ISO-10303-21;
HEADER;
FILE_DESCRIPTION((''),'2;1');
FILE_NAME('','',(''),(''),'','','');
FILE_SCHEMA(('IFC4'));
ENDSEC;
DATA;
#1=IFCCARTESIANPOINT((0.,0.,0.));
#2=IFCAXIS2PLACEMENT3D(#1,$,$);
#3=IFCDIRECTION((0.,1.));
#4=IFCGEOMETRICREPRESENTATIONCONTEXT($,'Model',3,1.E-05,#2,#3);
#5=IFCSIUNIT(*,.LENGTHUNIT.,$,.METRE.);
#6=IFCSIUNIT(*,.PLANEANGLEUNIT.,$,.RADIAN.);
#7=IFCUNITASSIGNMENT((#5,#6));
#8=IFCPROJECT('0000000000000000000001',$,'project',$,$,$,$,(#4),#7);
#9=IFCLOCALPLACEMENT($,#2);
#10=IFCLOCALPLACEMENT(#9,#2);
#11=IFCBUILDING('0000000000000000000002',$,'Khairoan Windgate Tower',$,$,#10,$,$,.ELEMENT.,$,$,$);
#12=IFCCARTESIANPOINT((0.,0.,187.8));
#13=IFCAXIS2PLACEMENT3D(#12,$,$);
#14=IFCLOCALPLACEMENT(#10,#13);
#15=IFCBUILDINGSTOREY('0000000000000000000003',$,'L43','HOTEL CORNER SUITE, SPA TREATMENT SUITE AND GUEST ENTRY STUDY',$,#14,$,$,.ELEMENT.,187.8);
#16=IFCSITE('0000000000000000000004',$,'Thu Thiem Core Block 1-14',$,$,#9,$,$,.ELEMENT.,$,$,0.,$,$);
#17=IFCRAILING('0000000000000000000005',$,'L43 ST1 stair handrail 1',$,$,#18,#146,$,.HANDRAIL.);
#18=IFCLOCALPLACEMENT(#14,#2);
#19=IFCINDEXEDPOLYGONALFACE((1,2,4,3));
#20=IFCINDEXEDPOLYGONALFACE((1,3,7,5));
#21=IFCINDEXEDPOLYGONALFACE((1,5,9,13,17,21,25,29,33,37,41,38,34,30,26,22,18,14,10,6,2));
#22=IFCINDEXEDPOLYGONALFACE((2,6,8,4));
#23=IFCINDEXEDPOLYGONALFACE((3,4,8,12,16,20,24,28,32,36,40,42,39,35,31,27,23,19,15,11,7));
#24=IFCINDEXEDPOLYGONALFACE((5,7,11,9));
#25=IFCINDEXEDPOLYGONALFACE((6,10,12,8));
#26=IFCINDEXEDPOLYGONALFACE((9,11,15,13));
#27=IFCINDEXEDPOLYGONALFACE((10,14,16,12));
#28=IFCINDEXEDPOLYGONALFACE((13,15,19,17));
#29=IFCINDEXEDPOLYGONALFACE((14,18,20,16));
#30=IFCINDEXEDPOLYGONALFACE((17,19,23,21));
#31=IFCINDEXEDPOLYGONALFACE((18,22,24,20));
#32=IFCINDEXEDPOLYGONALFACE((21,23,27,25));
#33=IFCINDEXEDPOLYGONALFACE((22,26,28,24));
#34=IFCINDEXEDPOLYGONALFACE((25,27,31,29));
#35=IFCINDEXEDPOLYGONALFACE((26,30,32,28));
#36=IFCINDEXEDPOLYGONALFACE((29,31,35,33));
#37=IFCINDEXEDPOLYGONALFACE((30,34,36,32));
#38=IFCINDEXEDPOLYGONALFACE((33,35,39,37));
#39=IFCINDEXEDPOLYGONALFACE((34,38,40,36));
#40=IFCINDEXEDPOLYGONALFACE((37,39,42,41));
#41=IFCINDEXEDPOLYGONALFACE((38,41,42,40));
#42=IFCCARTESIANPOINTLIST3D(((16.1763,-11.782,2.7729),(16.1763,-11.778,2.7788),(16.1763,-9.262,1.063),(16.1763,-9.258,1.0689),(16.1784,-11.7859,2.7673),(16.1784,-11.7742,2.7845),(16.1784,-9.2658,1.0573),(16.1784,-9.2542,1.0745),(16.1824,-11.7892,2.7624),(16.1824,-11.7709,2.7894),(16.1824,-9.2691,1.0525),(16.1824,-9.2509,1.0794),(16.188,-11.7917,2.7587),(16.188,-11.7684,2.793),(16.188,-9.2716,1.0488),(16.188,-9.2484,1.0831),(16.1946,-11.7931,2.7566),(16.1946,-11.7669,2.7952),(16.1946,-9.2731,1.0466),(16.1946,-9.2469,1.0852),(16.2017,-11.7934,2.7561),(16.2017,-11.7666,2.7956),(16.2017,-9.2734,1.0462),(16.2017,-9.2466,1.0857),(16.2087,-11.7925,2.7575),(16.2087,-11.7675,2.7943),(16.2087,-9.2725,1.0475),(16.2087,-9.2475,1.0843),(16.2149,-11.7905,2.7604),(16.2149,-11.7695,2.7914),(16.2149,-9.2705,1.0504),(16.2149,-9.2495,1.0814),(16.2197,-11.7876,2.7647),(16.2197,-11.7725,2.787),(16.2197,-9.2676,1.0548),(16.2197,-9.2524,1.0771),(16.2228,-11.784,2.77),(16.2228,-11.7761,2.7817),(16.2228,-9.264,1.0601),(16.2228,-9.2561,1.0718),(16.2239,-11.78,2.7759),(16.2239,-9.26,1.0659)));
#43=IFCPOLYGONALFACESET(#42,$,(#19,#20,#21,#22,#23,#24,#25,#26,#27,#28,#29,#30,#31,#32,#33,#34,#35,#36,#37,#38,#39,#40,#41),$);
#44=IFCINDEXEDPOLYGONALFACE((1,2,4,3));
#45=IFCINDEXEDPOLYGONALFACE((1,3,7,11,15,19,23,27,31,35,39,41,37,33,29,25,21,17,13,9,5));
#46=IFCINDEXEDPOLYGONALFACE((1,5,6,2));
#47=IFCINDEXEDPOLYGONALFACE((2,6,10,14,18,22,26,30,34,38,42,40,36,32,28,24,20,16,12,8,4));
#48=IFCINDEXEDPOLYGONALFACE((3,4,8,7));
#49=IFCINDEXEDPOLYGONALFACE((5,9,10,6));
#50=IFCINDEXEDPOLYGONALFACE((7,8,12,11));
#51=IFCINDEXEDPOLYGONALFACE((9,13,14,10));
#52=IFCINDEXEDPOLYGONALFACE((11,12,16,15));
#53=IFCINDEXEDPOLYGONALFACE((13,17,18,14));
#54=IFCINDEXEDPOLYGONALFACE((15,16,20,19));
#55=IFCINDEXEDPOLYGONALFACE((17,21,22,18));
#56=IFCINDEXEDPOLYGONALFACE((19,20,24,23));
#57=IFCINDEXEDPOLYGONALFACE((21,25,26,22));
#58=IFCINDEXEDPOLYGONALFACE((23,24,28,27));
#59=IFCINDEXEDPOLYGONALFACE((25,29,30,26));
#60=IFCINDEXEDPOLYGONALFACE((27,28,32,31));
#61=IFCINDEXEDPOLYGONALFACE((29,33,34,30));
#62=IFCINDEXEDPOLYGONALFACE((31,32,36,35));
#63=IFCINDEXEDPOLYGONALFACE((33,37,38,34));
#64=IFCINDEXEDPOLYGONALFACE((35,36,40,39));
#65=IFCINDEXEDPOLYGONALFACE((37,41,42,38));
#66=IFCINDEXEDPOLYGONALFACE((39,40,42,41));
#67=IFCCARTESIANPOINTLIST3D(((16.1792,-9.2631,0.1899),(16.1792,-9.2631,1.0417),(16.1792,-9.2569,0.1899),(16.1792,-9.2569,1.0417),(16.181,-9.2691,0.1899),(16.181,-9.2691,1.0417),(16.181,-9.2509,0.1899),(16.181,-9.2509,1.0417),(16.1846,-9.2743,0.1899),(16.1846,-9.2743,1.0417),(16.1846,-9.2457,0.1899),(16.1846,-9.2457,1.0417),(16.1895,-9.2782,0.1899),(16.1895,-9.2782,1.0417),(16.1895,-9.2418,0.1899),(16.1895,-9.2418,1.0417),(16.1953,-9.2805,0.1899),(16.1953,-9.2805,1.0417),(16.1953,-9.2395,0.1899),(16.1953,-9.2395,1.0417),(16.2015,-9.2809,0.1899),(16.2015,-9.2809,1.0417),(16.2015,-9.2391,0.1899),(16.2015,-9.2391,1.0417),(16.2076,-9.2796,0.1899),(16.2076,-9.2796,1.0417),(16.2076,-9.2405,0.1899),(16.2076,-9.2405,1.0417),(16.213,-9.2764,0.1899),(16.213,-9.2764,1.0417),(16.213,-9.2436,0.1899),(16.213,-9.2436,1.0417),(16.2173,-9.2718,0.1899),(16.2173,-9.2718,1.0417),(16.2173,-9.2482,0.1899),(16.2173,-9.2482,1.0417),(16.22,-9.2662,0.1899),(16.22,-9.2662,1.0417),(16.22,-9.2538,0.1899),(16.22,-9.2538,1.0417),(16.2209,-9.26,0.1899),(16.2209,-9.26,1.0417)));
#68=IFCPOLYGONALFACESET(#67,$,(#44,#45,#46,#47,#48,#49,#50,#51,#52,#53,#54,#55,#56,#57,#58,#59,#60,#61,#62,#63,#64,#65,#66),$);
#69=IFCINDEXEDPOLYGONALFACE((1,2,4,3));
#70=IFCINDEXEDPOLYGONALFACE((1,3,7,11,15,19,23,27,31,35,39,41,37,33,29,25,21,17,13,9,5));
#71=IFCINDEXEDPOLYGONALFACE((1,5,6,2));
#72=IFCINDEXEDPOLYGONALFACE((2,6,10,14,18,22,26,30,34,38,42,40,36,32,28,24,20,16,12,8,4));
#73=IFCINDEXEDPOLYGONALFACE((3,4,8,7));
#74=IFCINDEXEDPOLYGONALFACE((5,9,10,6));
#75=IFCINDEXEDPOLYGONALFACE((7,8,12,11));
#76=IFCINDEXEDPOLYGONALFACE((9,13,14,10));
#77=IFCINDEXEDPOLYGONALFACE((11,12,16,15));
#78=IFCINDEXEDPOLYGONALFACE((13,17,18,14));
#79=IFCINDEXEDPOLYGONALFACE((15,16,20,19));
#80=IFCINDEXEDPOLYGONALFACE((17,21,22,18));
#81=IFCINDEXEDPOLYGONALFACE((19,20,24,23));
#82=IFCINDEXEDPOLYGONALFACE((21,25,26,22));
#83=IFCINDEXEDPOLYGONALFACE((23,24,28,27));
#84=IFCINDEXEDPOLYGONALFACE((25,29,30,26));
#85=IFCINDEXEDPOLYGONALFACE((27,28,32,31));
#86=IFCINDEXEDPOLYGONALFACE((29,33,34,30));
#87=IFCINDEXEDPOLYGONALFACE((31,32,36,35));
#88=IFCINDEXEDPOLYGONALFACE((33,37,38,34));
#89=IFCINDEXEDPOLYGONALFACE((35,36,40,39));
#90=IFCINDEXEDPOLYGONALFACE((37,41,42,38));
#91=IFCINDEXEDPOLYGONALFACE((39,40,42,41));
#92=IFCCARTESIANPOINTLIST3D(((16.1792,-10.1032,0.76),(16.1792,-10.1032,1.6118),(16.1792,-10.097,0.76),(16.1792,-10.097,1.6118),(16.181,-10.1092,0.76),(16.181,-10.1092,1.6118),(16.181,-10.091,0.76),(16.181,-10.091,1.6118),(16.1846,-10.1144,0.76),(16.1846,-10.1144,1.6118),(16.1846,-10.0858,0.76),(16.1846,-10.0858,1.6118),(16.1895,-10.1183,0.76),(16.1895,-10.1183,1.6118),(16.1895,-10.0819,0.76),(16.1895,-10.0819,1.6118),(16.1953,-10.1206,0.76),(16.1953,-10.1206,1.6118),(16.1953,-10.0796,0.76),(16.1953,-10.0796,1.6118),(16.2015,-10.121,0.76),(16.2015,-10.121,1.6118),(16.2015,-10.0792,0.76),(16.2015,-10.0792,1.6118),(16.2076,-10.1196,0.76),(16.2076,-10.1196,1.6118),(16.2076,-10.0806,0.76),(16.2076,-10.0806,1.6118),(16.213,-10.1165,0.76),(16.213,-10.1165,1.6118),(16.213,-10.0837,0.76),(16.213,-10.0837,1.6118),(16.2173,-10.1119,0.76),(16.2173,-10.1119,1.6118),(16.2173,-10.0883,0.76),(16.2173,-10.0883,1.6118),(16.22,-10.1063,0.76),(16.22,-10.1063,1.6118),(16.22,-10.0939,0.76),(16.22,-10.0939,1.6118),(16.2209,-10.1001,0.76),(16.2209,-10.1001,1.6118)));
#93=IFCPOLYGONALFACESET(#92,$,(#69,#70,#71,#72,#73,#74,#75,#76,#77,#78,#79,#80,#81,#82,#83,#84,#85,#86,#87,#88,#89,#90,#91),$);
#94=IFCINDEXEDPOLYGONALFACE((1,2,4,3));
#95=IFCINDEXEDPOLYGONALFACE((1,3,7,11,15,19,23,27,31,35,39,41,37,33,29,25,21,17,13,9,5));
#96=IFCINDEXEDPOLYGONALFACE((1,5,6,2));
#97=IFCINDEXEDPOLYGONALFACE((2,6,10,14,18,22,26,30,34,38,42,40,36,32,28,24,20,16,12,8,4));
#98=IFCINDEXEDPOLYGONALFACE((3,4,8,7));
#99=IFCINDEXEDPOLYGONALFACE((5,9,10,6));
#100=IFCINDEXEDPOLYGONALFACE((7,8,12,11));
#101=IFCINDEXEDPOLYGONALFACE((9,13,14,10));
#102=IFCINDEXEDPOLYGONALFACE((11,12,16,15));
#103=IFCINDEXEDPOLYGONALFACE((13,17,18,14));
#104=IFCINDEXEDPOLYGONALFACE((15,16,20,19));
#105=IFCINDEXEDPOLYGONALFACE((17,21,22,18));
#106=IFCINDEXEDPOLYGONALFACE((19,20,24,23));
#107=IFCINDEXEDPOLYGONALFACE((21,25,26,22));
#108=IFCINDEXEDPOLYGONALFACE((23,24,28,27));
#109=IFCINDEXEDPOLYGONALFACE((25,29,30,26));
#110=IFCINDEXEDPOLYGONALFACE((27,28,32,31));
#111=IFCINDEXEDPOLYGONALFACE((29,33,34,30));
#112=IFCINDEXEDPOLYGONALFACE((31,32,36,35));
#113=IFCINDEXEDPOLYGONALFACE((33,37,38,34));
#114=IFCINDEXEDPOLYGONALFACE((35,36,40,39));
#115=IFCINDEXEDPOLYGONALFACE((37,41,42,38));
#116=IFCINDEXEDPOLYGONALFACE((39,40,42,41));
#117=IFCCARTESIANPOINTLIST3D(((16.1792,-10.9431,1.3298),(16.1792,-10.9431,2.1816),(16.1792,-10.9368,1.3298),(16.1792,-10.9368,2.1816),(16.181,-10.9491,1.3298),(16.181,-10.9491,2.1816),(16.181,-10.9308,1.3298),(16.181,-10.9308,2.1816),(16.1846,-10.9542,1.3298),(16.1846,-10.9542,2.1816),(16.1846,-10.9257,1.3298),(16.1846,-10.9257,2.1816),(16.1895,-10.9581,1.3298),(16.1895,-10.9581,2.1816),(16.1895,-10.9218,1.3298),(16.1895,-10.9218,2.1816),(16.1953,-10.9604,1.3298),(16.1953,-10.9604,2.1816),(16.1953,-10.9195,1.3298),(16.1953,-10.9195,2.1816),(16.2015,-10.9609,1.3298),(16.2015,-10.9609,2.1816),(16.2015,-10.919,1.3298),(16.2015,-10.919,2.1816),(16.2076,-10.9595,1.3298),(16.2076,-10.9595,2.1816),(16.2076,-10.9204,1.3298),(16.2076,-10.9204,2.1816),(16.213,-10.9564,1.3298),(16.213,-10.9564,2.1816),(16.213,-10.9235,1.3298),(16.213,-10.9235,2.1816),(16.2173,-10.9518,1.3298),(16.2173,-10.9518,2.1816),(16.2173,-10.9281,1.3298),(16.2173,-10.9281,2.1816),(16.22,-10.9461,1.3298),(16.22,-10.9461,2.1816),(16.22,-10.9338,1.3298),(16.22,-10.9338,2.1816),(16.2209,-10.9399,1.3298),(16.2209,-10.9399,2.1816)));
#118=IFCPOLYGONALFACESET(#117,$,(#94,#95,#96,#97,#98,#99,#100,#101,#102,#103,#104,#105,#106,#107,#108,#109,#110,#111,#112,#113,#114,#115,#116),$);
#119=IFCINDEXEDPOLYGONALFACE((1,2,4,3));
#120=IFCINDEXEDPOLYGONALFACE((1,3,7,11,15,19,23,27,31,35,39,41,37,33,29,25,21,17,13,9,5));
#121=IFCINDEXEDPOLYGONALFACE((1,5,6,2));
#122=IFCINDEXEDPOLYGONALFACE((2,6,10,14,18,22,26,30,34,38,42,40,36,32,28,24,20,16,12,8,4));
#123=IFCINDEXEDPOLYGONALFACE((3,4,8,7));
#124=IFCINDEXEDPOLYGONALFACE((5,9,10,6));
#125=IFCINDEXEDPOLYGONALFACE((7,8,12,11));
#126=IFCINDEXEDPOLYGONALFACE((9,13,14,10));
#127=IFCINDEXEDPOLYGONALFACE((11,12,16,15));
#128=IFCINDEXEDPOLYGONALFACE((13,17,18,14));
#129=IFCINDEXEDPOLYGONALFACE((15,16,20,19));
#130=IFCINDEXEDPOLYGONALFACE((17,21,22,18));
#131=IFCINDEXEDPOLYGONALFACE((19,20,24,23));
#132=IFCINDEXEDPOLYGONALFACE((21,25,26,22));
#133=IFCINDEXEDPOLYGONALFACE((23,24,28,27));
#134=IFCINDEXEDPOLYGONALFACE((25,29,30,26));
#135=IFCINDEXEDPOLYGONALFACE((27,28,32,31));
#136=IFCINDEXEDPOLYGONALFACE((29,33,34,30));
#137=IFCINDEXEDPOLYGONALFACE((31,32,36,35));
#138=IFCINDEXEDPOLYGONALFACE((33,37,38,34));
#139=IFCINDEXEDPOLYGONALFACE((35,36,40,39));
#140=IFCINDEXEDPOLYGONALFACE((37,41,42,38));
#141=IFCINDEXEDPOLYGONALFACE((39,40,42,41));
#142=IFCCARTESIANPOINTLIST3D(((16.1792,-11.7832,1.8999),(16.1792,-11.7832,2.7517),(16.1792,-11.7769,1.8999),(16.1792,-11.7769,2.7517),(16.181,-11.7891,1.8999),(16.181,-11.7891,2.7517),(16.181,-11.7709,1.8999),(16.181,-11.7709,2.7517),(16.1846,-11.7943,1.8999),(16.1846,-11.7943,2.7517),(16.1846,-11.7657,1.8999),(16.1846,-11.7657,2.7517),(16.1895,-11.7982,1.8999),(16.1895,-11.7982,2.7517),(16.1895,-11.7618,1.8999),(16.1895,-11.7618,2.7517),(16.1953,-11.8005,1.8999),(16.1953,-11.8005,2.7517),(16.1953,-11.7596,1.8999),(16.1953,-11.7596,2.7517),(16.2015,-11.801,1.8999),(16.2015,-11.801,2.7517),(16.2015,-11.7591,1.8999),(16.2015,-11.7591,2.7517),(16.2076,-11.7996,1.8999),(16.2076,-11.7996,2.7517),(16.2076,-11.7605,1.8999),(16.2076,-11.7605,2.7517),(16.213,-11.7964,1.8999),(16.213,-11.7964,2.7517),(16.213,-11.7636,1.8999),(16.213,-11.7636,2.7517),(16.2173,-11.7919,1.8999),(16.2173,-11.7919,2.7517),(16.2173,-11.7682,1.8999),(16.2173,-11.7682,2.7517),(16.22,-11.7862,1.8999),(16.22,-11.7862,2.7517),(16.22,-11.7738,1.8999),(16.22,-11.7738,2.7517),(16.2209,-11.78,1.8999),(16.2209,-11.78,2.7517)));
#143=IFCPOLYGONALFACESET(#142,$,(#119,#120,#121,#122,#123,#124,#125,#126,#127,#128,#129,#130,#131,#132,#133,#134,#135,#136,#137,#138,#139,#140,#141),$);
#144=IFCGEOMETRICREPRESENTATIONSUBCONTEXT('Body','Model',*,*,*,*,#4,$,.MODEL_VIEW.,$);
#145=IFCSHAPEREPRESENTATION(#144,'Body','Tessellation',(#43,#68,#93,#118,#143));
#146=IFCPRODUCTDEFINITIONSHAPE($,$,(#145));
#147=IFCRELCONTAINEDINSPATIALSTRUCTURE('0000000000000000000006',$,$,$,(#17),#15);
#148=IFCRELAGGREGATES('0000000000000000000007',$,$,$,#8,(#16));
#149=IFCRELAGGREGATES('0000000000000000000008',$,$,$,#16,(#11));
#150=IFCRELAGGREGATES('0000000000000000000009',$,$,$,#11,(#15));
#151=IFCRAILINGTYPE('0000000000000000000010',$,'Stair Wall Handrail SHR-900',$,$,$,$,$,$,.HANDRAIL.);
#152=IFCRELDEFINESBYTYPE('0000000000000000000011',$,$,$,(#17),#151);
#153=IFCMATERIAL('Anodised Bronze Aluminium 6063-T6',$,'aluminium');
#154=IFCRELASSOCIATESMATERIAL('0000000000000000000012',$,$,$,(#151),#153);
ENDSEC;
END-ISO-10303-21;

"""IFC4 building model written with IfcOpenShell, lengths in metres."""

from ifc_helpers import new_model, si_unit, direction, frame, origin, origin_2d, place, context, subcontext, project, spatial, circle, extrude, material, type_object, element, save


model = new_model("IFC4")

# Units and contexts
model_context = context("Model", 3, precision=1e-05, world=origin(), true_north=direction((0.0, 1.0)))
body_context = subcontext(model_context, "Body", "Model", "MODEL_VIEW")
ifc_project = project(units=[si_unit("LENGTHUNIT", "METRE"), si_unit("PLANEANGLEUNIT", "RADIAN")], contexts=[model_context])

# Site, building, storey
site_placement = place(None, origin())
site = spatial("IfcSite", under=ifc_project, at=site_placement, Name="Thu Thiem Core Block 1-14", CompositionType="ELEMENT", RefElevation=0.0)
building_placement = place(site_placement, origin())
building = spatial("IfcBuilding", under=site, at=building_placement, Name="Khairoan Windgate Tower", CompositionType="ELEMENT")
storey_placement = place(building_placement, frame((0.0, 0.0, 187.8)))
storey = spatial("IfcBuildingStorey", under=building, at=storey_placement, Name="L43", Description="HOTEL CORNER SUITE, SPA TREATMENT SUITE AND GUEST ENTRY STUDY", CompositionType="ELEMENT", Elevation=187.8)

# Railing
ifc_material_1 = material(Name="Anodised Bronze Aluminium 6063-T6", Category="aluminium")
railing_type_1 = type_object("IfcRailingType", Name="Stair Wall Handrail SHR-900", PredefinedType="HANDRAIL", material=ifc_material_1)
railing_1_placement = place(storey_placement, frame((16.2, -9.26, 0.1899)))
element("IfcRailing", 1, at=railing_1_placement, inside=storey, type_object=railing_type_1, Name="L43 ST1 stair handrail 1", PredefinedType="HANDRAIL", context=body_context, shape_type="SweptSolid", body=[
    extrude(circle(Radius=0.0239, at=origin_2d()), frame((0.0, 0.0, 0.876), z_axis=(0.0, -0.827484, 0.56149), x_axis=(1.0, 0.0, 0.0)), (0.0, 0.0, 1.0), 3.0454),
    extrude(circle(Radius=0.021, at=origin_2d()), origin(), (0.0, 0.0, 1.0), 0.8518),
    extrude(circle(Radius=0.021, at=origin_2d()), frame((0.0, -0.8401, 0.5701)), (0.0, 0.0, 1.0), 0.8518),
    extrude(circle(Radius=0.021, at=origin_2d()), frame((0.0, -1.6799, 1.1399)), (0.0, 0.0, 1.0), 0.8518),
    extrude(circle(Radius=0.021, at=origin_2d()), frame((0.0, -2.52, 1.71)), (0.0, 0.0, 1.0), 0.8518),
])

save(model, "model.ifc")
